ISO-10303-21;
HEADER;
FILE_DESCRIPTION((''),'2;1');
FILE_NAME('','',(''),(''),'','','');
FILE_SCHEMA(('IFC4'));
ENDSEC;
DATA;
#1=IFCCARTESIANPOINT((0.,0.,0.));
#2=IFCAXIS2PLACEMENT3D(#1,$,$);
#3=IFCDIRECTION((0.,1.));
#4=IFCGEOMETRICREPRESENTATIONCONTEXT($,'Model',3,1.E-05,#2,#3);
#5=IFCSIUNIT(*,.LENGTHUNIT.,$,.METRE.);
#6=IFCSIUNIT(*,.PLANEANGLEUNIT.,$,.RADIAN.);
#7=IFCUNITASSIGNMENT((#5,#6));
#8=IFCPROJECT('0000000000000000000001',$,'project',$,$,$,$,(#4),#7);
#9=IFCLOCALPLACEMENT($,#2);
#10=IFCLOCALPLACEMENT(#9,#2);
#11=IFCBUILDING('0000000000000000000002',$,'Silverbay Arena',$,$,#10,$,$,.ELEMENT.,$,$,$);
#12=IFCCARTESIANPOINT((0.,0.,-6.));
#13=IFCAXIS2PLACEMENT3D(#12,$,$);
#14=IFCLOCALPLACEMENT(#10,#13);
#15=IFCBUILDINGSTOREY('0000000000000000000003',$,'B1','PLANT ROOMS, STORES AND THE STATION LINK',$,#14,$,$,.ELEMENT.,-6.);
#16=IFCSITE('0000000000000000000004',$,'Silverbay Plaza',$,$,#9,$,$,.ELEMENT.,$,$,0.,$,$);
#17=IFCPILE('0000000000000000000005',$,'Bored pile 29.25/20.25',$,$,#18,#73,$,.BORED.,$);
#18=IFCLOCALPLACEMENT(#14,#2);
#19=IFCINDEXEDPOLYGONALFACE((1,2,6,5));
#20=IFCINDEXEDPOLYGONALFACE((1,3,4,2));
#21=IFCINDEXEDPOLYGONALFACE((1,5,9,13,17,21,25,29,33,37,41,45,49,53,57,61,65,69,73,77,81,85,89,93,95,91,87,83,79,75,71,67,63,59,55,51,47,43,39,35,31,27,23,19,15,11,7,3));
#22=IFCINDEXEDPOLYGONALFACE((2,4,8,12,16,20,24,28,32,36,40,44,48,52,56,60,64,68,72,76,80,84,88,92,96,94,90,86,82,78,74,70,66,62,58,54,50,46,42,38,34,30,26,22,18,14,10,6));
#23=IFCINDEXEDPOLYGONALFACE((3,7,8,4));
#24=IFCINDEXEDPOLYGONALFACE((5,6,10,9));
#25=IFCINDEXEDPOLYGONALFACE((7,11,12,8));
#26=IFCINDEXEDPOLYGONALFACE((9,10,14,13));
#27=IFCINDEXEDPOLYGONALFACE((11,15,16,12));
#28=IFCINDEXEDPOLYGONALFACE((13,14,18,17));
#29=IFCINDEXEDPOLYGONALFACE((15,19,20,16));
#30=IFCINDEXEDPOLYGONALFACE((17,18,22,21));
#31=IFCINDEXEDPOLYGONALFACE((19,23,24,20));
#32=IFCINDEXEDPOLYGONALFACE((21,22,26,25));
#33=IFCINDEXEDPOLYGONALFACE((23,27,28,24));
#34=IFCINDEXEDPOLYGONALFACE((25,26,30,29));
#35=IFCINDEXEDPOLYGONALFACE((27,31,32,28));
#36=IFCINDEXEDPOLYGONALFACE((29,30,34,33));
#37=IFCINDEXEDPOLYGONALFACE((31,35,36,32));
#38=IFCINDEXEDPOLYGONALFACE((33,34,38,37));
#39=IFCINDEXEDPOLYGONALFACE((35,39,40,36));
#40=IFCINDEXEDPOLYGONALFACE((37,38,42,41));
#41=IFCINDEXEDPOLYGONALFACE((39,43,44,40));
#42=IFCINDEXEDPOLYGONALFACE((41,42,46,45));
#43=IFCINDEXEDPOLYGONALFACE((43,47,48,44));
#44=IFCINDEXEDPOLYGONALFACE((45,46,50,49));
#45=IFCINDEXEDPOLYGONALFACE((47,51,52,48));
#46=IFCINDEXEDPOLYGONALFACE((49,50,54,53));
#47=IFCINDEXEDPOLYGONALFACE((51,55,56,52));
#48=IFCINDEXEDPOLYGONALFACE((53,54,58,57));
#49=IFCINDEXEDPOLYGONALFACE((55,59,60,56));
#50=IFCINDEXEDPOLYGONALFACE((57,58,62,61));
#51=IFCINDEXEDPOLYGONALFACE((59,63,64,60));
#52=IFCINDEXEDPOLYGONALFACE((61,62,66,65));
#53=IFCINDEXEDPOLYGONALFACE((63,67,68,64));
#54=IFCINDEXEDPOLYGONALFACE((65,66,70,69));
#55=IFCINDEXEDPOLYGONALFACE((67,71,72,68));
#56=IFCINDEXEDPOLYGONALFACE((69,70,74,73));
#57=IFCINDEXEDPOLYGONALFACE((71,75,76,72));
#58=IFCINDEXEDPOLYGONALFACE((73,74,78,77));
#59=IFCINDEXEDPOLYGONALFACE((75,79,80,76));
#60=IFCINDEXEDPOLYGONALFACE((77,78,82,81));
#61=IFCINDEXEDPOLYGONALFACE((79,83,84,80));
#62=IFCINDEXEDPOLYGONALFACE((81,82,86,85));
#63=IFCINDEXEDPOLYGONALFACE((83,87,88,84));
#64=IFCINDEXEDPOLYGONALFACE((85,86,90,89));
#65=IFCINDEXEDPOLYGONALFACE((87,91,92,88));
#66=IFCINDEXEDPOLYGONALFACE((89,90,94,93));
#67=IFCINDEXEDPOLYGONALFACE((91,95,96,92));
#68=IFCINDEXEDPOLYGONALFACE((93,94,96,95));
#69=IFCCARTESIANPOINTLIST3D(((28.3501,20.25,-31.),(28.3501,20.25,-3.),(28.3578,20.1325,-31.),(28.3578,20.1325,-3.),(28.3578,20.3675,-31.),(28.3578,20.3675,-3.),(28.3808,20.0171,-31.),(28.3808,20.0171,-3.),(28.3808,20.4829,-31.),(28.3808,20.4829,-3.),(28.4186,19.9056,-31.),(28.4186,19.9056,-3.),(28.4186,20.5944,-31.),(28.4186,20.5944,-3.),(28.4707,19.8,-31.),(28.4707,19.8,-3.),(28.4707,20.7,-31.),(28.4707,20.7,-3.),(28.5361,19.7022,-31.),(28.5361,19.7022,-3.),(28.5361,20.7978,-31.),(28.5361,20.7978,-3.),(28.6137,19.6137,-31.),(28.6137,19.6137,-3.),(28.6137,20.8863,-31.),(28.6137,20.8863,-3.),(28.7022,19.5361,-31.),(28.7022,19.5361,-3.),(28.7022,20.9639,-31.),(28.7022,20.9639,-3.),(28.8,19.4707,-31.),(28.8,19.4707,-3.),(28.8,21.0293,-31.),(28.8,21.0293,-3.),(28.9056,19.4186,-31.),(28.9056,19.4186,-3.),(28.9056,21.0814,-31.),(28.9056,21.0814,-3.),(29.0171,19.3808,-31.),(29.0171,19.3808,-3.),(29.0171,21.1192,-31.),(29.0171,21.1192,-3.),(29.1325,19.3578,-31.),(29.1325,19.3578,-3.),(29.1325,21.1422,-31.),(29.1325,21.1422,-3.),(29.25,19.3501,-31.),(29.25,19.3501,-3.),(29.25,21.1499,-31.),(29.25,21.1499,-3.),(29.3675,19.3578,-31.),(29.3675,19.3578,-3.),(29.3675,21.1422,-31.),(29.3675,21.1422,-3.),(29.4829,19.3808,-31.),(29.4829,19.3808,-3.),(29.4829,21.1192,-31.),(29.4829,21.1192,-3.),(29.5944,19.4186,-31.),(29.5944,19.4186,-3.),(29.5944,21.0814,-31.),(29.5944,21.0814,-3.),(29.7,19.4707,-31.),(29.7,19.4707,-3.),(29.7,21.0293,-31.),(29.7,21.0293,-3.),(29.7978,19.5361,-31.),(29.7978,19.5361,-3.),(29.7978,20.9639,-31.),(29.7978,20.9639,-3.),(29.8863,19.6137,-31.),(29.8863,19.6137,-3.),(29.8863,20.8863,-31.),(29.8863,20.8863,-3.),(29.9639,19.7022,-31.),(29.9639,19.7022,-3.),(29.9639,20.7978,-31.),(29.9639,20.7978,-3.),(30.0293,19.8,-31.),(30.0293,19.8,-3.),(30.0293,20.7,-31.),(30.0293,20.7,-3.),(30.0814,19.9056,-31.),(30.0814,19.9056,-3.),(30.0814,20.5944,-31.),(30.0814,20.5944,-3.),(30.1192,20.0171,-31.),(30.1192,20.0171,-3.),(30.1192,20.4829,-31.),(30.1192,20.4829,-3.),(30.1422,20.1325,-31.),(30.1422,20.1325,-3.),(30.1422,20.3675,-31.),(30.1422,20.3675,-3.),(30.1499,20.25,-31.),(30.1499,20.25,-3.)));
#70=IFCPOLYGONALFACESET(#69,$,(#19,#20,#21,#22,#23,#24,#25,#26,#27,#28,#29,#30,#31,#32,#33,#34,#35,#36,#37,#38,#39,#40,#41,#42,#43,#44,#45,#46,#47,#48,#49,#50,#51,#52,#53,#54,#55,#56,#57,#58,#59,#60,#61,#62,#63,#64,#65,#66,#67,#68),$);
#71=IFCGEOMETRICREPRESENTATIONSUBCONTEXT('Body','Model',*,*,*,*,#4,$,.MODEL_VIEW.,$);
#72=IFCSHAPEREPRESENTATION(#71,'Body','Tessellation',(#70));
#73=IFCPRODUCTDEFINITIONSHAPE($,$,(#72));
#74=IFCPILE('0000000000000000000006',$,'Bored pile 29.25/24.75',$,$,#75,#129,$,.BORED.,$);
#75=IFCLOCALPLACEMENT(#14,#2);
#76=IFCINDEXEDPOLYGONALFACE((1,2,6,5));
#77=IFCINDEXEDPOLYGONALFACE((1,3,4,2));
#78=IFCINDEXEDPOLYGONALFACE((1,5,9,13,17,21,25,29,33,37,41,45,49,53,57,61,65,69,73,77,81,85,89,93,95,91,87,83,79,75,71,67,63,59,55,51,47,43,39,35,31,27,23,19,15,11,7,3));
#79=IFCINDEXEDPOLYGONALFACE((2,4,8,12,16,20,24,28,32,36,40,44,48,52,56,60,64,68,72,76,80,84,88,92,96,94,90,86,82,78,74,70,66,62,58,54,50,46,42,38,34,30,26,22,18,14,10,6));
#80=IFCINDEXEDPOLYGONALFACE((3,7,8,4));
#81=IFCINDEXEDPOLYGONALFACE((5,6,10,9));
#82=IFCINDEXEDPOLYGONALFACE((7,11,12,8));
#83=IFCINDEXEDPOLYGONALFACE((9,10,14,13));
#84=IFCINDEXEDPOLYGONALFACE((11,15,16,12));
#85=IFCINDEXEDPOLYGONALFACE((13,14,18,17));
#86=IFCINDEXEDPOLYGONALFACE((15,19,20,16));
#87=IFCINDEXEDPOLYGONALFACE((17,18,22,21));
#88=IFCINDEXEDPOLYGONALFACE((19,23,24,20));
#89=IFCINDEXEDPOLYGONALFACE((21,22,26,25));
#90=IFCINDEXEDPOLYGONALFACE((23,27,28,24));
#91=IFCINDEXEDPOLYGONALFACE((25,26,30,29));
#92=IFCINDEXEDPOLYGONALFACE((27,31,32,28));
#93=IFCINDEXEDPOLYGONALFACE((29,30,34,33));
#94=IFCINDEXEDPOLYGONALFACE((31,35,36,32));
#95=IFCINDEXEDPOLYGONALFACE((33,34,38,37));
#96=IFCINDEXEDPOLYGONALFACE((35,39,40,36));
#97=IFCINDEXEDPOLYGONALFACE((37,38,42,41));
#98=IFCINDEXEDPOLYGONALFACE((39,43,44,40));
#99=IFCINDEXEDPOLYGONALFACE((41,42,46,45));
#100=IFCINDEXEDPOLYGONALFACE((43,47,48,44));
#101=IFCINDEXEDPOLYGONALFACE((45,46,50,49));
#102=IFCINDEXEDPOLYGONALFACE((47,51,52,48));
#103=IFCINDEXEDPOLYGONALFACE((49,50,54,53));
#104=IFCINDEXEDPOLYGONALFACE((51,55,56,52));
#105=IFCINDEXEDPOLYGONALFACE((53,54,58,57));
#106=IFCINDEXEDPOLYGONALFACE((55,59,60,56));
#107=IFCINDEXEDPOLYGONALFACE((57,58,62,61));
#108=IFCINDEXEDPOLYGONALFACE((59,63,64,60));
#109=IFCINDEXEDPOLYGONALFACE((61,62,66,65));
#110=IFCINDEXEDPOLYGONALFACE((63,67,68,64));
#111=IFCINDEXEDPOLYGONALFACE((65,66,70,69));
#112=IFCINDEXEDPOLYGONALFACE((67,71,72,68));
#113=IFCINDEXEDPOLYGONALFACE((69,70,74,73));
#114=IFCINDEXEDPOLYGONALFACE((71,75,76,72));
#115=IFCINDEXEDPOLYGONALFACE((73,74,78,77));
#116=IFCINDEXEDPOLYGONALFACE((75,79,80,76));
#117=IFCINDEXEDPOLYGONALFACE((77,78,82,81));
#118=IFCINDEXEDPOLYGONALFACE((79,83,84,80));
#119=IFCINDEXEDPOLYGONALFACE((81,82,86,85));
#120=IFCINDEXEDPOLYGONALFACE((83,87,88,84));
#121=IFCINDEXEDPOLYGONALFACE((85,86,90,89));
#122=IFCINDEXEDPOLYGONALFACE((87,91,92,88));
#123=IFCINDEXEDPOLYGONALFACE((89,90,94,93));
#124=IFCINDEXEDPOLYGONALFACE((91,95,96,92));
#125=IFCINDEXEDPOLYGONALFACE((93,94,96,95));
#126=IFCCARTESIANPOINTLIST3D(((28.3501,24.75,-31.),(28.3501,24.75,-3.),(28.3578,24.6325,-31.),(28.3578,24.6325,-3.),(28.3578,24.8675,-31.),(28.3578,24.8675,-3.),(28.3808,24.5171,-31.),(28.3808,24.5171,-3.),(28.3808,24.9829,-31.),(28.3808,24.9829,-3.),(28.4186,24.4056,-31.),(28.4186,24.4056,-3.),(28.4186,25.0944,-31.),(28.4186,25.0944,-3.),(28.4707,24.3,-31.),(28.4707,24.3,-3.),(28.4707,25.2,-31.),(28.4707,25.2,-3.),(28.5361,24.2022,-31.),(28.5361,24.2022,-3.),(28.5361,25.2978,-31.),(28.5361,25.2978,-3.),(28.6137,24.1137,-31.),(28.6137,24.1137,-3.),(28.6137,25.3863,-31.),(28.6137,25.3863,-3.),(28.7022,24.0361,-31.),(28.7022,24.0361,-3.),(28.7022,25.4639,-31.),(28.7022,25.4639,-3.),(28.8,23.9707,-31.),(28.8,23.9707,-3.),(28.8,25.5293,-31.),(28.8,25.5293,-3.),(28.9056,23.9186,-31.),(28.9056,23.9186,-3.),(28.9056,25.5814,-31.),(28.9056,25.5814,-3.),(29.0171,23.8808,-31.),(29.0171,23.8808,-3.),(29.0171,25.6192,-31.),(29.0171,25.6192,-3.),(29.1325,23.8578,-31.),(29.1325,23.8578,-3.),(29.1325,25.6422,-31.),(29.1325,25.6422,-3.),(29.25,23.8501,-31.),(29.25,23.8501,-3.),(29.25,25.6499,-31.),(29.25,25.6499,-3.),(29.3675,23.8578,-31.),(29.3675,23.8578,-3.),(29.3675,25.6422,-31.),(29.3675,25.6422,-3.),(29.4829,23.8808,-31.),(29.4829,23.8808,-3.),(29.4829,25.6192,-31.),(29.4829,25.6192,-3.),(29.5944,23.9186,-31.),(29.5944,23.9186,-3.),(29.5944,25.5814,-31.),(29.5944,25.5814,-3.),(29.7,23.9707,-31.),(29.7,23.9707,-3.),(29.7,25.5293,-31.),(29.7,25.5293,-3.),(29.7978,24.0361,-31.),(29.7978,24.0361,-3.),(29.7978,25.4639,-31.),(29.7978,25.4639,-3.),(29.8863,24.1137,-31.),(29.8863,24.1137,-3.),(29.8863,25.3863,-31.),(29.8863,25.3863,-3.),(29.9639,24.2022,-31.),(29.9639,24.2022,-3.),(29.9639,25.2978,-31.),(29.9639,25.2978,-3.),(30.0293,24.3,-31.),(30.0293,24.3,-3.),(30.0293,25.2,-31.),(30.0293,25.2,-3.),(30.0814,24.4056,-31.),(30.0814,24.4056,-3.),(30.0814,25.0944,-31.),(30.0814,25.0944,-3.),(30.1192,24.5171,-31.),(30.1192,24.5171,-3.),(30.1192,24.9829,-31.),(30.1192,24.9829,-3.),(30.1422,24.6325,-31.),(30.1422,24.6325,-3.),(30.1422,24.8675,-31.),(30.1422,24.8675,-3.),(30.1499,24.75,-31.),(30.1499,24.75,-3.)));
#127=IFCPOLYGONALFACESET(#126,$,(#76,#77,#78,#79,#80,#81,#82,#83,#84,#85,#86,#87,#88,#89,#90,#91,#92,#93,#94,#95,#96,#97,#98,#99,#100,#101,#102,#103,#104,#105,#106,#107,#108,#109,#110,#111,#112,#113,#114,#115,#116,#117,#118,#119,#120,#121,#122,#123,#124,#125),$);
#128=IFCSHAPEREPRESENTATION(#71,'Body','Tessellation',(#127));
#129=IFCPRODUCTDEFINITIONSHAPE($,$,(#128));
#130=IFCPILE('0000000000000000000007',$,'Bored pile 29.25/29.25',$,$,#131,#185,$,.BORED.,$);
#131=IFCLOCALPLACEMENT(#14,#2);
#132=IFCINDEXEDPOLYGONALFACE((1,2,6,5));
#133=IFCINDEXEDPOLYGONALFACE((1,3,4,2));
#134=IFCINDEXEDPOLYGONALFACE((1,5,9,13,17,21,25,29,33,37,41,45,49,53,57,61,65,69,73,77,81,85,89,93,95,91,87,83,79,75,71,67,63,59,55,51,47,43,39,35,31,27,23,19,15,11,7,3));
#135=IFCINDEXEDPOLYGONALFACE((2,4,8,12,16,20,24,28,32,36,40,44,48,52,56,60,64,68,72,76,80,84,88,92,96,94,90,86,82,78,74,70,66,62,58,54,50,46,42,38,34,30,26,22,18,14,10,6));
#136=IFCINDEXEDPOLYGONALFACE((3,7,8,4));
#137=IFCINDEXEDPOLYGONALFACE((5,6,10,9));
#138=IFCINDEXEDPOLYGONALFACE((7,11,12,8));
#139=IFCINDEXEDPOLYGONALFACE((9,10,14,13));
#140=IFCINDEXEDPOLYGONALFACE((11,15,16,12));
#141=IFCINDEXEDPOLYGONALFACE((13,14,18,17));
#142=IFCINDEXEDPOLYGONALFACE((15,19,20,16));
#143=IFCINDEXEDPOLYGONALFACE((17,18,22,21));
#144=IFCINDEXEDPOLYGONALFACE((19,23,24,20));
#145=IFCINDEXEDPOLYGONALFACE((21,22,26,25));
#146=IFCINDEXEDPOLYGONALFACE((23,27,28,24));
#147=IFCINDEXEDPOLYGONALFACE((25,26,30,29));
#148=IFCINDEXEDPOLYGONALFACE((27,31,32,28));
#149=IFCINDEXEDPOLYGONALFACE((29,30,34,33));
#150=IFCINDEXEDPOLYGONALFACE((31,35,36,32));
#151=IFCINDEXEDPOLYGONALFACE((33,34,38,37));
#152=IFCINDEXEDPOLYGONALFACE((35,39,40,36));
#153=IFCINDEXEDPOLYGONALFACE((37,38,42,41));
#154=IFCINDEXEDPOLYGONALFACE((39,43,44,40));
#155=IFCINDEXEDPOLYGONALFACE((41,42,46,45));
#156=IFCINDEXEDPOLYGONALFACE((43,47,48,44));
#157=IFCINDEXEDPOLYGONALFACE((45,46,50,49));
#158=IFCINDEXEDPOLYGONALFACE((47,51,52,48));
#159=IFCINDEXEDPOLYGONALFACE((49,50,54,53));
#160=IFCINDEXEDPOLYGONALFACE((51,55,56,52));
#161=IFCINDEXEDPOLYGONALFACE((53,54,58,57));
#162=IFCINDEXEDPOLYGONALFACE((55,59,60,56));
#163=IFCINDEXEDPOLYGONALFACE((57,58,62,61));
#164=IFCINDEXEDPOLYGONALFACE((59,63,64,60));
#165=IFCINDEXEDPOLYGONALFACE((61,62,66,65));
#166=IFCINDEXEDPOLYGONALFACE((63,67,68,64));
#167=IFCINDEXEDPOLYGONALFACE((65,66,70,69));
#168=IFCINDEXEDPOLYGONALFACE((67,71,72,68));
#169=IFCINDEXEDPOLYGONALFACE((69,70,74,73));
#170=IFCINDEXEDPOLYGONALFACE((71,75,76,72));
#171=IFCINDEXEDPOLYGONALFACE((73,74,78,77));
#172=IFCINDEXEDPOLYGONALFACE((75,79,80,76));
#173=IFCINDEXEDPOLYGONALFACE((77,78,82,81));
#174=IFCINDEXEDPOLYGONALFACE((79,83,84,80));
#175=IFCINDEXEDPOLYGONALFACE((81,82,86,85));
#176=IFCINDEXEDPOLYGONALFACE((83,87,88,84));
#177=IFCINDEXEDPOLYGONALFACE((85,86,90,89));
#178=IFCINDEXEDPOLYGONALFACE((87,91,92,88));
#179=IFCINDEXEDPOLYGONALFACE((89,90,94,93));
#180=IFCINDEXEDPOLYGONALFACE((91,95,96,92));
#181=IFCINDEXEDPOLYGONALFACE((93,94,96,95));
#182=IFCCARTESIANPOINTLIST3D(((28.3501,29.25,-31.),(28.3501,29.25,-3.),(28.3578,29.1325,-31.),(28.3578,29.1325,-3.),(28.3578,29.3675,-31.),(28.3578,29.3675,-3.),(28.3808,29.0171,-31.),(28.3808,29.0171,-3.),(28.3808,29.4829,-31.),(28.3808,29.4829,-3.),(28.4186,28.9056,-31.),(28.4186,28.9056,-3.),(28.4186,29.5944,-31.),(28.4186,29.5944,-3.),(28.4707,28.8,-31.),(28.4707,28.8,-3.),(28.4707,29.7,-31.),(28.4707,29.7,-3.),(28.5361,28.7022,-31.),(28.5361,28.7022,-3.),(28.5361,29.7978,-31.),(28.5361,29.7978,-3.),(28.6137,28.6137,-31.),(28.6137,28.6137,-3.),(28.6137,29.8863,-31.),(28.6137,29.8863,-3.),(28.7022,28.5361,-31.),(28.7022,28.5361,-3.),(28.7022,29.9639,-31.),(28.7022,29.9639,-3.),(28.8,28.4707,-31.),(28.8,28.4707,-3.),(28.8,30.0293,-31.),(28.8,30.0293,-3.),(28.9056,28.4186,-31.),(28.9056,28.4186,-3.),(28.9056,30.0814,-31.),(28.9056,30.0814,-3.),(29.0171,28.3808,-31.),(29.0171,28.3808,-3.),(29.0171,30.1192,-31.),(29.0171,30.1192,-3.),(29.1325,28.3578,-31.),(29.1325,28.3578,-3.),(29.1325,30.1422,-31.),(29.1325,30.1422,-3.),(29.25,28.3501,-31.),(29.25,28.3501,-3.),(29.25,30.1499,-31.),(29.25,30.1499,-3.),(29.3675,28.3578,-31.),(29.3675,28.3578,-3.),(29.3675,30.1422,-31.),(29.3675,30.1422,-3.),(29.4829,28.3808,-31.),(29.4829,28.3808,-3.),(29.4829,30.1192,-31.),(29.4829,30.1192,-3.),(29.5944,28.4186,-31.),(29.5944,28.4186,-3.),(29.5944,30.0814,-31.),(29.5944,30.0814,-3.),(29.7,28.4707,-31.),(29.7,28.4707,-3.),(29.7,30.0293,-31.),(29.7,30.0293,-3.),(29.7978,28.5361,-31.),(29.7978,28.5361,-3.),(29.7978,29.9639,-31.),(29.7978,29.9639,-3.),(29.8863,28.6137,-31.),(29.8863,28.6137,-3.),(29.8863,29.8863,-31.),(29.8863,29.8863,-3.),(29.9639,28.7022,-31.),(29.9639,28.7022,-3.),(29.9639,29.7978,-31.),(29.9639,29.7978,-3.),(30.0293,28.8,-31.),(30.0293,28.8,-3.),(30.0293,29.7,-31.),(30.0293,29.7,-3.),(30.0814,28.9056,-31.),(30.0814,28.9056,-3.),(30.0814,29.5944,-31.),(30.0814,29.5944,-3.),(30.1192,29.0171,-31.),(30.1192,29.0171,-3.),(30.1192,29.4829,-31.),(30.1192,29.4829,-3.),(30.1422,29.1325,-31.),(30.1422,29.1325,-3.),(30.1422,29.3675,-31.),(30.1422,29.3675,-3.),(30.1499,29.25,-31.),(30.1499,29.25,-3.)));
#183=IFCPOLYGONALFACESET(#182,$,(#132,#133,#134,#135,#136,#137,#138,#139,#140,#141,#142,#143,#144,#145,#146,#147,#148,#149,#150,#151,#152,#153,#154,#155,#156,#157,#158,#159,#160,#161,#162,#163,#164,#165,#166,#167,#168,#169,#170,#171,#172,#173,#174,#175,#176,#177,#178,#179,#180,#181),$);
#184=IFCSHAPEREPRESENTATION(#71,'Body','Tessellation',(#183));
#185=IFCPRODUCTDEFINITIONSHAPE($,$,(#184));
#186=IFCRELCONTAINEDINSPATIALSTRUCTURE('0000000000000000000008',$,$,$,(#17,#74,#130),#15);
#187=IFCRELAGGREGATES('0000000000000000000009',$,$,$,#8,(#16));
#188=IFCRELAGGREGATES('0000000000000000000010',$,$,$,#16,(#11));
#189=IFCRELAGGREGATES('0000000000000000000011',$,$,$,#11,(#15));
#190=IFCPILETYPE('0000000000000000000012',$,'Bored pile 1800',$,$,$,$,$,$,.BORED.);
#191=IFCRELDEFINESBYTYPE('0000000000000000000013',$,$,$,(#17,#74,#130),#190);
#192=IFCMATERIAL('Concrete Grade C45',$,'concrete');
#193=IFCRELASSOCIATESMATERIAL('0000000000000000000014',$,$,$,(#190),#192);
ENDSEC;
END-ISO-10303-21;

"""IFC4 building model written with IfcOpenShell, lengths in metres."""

from ifc_helpers import new_model, si_unit, direction, frame, origin, origin_2d, place, context, subcontext, project, spatial, circle, extrude, material, material_profile, profile_set, type_object, element, save


model = new_model("IFC4")

# Units and contexts
model_context = context("Model", 3, precision=1e-05, world=origin(), true_north=direction((0.0, 1.0)))
body_context = subcontext(model_context, "Body", "Model", "MODEL_VIEW")
ifc_project = project(units=[si_unit("LENGTHUNIT", "METRE"), si_unit("PLANEANGLEUNIT", "RADIAN")], contexts=[model_context])

# Site, building, storey
site_placement = place(None, origin())
site = spatial("IfcSite", under=ifc_project, at=site_placement, Name="Silverbay Plaza", CompositionType="ELEMENT", RefElevation=0.0)
building_placement = place(site_placement, origin())
building = spatial("IfcBuilding", under=site, at=building_placement, Name="Silverbay Arena", CompositionType="ELEMENT")
storey_placement = place(building_placement, frame((0.0, 0.0, -6.0)))
storey = spatial("IfcBuildingStorey", under=building, at=storey_placement, Name="B1", Description="PLANT ROOMS, STORES AND THE STATION LINK", CompositionType="ELEMENT", Elevation=-6.0)

# Piles
ifc_material_1 = material(Name="Concrete Grade C45", Category="concrete")
ifc_material_profile = material_profile(ifc_material_1, circle(Radius=0.8999, at=origin_2d()), Name="Bored pile 1800")
ifc_profile_set = profile_set([ifc_material_profile], Name="Concrete Grade C45")
pile_type = type_object("IfcPileType", Name="Bored pile 1800", PredefinedType="BORED", material=ifc_profile_set)
for number, where, z_axis, x_axis, name in (
    (1, (29.25, 20.25, -3.0), (0.0, 0.0, -1.0), (1.0, 0.0, 0.0), "Bored pile 29.25/20.25"),
    (2, (29.25, 24.75, -3.0), (0.0, 0.0, -1.0), (1.0, 0.0, 0.0), "Bored pile 29.25/24.75"),
    (3, (29.25, 29.25, -3.0), (0.0, 0.0, -1.0), (1.0, 0.0, 0.0), "Bored pile 29.25/29.25"),
):
    element("IfcPile", number, at=place(storey_placement, frame(where, z_axis=z_axis, x_axis=x_axis)), inside=storey, type_object=pile_type, Name=name, PredefinedType="BORED", context=body_context, shape_type="SweptSolid", body=[
        extrude(circle(Radius=0.8999, at=origin_2d()), origin(), (0.0, 0.0, 1.0), 28.0),
    ])

save(model, "model.ifc")
